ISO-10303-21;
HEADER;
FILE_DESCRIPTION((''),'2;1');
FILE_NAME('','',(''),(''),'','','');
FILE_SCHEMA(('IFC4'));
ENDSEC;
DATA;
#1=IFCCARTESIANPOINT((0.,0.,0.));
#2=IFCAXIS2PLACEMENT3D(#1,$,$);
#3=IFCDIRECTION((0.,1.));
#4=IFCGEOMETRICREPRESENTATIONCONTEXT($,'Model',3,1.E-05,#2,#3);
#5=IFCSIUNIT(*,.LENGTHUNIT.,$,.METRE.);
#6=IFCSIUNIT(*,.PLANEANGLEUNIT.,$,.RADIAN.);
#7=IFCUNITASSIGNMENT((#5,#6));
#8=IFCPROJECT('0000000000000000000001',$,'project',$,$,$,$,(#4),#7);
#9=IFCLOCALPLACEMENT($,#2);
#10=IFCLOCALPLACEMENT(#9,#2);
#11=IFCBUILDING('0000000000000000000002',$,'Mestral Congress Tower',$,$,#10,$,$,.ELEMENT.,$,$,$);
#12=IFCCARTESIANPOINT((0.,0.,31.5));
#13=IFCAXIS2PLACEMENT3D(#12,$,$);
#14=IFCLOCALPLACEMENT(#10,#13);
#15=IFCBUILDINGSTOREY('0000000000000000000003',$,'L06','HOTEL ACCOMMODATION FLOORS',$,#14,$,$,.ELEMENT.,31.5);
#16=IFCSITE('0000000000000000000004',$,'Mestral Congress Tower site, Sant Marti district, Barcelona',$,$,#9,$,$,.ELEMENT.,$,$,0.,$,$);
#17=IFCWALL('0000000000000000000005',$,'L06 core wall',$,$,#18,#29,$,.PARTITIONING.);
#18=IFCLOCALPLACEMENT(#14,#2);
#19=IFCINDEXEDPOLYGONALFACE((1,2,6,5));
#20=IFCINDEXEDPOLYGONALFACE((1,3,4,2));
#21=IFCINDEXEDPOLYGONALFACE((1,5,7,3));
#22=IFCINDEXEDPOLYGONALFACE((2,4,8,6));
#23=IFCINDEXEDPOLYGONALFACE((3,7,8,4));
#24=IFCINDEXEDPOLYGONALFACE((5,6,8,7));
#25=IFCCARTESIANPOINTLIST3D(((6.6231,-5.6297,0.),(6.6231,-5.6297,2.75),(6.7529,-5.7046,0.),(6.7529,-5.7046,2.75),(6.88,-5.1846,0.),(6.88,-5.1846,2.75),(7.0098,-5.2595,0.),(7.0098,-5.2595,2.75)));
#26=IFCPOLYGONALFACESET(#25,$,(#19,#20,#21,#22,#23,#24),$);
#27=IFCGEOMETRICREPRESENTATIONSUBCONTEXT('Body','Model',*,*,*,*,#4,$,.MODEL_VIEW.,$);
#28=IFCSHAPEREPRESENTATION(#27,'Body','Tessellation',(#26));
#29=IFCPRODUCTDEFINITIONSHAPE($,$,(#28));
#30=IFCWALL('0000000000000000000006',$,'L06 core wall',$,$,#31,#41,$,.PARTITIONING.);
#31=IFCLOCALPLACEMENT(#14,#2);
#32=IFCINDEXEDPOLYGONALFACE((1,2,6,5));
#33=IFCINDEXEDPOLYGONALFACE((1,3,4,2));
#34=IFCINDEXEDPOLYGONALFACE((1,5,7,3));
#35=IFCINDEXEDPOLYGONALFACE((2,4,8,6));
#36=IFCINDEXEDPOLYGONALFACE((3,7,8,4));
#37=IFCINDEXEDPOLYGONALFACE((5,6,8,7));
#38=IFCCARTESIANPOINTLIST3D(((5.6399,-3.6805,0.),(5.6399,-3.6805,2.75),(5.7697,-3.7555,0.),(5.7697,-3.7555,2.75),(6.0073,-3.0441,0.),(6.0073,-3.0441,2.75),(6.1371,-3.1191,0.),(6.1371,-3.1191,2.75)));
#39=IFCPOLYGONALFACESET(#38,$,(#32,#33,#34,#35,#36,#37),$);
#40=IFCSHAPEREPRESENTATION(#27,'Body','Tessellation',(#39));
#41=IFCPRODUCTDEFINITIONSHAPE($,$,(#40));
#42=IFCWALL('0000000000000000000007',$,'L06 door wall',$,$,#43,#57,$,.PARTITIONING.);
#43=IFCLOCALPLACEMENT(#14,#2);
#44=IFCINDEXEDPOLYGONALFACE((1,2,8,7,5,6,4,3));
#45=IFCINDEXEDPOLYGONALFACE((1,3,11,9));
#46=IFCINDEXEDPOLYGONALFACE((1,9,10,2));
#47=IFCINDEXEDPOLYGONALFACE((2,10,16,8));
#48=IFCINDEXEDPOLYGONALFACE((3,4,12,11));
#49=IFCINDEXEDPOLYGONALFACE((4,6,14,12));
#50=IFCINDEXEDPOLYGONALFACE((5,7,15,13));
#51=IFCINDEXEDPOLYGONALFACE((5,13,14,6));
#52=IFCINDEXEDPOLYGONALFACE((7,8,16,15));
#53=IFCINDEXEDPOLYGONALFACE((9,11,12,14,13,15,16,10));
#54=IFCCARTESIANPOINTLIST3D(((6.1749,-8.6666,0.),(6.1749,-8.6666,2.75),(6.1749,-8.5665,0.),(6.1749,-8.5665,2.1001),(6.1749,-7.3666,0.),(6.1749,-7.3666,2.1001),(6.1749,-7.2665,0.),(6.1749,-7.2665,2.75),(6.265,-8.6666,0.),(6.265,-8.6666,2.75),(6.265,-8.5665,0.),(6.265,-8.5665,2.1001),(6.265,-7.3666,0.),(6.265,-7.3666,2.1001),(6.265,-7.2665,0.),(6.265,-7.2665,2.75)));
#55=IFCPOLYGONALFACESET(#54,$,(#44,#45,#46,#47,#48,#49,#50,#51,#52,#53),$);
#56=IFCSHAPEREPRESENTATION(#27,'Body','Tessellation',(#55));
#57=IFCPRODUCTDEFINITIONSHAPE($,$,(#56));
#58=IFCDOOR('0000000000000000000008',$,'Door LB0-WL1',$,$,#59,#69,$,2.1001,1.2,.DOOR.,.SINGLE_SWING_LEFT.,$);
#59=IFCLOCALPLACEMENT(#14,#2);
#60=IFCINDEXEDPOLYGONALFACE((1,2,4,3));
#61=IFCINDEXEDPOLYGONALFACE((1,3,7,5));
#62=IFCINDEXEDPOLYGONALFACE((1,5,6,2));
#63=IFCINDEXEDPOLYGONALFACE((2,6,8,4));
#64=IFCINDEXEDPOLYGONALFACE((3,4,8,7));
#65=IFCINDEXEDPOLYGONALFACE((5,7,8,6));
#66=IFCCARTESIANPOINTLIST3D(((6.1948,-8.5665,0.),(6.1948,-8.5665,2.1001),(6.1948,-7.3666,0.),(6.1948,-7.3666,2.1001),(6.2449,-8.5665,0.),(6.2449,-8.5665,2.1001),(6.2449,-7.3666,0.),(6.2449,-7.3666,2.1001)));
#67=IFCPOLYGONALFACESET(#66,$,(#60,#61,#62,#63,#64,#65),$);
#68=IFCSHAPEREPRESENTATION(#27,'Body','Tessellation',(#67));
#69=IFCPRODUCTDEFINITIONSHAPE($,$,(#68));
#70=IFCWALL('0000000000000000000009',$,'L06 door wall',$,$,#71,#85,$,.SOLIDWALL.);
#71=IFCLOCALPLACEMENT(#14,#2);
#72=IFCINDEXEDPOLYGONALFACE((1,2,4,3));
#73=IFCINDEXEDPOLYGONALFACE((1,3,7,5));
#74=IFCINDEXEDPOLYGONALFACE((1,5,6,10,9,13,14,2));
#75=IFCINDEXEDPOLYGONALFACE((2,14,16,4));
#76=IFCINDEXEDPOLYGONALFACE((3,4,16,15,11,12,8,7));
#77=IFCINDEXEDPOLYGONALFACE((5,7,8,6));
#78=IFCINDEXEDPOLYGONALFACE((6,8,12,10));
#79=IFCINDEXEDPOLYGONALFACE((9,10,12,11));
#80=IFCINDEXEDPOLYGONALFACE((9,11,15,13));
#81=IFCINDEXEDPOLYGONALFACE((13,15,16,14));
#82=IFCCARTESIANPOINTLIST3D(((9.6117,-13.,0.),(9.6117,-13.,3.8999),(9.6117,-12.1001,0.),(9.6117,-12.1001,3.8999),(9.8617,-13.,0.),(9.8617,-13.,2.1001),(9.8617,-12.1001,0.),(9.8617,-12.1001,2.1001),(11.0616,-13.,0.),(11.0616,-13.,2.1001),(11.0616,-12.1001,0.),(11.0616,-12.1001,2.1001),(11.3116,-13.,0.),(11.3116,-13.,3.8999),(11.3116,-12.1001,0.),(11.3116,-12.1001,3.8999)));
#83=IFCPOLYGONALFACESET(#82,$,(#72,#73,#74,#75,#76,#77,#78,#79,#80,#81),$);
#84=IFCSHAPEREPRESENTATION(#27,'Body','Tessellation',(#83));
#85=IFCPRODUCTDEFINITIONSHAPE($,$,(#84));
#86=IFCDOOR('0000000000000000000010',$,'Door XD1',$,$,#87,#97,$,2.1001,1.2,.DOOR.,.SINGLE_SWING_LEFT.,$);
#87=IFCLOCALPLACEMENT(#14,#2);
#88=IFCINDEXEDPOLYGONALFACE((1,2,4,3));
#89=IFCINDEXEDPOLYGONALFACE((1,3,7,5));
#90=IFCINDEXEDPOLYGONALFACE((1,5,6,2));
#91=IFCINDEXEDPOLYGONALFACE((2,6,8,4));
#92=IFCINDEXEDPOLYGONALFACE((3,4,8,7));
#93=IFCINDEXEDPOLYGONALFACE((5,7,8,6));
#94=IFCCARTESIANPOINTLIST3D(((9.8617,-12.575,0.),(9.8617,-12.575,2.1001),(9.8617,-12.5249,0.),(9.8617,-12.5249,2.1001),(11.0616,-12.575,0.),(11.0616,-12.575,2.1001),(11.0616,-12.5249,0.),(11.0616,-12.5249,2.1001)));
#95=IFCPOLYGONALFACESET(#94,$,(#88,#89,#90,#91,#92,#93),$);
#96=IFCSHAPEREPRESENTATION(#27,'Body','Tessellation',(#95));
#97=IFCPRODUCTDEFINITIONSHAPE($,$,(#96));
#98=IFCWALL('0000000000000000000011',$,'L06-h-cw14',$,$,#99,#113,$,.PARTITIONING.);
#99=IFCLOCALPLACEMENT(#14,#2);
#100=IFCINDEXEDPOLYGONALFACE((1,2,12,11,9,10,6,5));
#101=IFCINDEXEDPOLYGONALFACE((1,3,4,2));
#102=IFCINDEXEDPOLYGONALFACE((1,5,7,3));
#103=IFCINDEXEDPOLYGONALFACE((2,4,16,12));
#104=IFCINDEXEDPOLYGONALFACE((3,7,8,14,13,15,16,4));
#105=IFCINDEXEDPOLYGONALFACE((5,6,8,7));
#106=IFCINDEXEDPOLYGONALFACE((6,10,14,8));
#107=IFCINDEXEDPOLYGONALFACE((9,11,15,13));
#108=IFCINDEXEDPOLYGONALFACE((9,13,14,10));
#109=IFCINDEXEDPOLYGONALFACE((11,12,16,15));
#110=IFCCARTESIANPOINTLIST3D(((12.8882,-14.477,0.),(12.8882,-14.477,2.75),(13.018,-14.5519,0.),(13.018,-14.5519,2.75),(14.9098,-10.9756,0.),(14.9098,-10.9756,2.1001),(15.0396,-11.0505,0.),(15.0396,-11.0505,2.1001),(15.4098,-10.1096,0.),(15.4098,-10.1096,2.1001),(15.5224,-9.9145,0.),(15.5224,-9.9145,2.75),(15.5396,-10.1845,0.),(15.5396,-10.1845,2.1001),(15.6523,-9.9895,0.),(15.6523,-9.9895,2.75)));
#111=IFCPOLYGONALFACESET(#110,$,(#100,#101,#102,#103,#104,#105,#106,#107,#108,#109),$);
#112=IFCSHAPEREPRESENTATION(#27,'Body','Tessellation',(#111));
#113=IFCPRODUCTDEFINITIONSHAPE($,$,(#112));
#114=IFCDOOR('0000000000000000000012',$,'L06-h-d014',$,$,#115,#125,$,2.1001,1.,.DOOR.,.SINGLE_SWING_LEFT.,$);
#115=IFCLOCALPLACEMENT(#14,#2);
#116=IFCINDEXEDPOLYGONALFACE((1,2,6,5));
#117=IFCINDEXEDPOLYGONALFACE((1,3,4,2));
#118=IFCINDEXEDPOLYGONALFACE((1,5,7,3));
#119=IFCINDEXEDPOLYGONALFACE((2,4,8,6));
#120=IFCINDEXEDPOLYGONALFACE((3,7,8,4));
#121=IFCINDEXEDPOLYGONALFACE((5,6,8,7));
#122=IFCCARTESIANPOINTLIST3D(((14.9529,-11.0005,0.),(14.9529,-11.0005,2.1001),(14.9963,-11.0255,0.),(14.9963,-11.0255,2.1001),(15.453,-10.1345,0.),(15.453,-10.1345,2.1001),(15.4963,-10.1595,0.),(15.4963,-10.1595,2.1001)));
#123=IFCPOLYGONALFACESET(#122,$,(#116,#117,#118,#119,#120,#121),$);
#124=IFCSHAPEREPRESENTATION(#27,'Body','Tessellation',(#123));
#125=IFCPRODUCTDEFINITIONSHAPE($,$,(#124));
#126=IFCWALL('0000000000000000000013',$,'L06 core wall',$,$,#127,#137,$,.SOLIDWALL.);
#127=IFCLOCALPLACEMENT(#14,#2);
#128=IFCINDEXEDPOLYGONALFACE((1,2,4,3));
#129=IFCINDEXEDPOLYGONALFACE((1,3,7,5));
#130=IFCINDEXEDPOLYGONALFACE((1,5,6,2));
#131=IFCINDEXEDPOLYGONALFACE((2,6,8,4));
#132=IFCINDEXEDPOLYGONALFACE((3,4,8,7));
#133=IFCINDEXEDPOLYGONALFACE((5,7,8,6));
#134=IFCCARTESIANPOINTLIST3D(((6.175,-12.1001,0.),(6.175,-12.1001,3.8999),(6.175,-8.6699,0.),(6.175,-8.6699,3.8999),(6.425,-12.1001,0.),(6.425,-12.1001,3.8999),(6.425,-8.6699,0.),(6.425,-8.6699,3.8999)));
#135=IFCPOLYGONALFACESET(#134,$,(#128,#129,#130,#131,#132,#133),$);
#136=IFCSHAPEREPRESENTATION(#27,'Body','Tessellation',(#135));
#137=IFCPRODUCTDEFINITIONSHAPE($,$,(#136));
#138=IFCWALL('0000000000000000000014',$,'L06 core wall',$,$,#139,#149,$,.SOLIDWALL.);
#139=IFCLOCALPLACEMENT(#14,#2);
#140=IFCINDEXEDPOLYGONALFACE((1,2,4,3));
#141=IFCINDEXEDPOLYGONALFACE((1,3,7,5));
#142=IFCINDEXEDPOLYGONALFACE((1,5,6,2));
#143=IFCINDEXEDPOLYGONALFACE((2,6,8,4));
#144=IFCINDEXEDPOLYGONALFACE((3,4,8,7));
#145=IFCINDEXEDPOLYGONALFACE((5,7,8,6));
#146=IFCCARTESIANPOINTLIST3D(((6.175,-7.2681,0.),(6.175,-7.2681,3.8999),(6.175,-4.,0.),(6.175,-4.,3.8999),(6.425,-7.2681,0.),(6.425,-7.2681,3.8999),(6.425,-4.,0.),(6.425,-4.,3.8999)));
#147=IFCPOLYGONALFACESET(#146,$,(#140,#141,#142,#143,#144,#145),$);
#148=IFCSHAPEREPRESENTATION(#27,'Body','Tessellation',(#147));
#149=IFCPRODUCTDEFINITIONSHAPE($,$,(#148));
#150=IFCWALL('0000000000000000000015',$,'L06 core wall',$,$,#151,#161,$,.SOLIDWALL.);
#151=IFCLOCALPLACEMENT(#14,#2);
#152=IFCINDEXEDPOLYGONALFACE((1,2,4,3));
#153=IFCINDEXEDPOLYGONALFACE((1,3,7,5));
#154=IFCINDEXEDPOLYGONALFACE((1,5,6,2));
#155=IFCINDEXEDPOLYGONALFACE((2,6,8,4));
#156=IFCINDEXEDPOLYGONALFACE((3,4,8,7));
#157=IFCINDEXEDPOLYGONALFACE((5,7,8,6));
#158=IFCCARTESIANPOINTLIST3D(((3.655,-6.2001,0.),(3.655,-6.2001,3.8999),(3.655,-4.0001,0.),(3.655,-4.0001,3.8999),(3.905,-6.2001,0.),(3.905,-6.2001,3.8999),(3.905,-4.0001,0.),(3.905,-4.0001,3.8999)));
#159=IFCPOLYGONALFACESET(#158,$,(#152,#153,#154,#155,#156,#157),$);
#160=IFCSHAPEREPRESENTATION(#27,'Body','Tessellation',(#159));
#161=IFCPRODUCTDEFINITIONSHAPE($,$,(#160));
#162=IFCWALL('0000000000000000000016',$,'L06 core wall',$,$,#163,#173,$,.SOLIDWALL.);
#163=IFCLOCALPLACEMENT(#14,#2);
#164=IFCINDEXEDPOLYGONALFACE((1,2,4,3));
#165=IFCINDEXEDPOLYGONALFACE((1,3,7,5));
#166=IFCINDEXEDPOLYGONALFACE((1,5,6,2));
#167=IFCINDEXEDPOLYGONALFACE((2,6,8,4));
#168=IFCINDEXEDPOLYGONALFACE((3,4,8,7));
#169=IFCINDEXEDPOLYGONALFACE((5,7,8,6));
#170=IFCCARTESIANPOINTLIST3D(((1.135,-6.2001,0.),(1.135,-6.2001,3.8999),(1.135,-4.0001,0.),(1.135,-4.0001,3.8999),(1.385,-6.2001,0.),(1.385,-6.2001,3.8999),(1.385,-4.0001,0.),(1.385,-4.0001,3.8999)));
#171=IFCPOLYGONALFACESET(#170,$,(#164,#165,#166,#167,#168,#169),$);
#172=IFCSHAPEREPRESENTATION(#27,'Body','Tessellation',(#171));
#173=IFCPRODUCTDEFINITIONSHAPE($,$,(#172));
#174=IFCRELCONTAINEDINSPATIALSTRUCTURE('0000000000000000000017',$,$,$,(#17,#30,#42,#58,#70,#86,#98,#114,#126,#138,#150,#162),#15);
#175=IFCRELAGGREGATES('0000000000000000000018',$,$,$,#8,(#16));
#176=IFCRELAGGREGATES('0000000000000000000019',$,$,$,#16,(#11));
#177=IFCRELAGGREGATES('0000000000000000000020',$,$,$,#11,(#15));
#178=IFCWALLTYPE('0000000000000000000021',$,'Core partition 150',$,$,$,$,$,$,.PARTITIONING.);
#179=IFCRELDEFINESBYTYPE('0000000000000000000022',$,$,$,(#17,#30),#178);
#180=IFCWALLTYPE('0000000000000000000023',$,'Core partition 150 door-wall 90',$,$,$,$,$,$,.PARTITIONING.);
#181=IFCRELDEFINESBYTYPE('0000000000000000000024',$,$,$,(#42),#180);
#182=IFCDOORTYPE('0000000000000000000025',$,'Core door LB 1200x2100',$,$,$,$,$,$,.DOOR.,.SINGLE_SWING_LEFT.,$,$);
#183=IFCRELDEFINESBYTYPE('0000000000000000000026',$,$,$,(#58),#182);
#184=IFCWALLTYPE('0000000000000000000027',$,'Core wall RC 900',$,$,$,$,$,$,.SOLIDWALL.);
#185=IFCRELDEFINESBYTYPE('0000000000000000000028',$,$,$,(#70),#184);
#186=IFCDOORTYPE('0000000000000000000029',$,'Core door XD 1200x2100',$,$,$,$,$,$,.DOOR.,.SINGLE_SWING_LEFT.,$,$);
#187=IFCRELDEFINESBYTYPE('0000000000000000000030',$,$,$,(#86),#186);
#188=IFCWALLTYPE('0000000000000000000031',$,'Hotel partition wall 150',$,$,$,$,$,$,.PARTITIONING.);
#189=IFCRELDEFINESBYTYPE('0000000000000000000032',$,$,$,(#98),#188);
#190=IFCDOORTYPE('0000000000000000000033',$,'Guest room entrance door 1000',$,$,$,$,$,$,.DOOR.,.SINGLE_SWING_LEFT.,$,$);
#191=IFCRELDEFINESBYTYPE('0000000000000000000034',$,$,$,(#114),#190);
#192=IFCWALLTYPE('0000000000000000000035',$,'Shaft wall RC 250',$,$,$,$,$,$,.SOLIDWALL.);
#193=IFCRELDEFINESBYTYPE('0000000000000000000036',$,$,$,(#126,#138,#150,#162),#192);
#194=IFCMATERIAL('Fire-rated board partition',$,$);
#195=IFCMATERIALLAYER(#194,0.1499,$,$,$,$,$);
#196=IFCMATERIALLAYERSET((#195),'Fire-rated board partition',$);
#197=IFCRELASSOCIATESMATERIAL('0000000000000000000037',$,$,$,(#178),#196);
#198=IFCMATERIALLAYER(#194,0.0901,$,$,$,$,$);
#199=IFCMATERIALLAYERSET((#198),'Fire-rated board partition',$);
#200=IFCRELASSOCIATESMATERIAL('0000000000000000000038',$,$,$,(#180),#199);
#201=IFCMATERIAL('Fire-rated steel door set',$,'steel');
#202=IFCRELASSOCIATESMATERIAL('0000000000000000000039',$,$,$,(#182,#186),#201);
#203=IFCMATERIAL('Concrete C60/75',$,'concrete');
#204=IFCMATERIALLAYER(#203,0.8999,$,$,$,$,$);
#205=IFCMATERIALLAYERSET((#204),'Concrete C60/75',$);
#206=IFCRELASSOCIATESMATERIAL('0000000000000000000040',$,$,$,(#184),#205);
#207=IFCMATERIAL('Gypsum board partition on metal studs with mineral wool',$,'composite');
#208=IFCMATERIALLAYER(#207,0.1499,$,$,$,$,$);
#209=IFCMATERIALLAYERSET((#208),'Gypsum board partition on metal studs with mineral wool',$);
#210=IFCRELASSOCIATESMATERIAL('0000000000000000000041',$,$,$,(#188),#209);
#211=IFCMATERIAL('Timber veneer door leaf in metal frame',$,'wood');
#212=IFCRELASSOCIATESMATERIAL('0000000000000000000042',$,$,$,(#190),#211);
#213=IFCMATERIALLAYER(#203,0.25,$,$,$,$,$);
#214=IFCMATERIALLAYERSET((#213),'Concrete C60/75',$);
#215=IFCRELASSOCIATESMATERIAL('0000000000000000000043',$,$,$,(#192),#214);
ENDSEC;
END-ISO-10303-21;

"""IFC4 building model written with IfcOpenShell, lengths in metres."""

from ifc_helpers import new_model, si_unit, direction, frame, frame_2d, origin, place, context, subcontext, project, spatial, rectangle, extrude, material, layer, layer_set, type_object, element, fill, save


model = new_model("IFC4")

# Units and contexts
model_context = context("Model", 3, precision=1e-05, world=origin(), true_north=direction((0.0, 1.0)))
body_context = subcontext(model_context, "Body", "Model", "MODEL_VIEW")
ifc_project = project(units=[si_unit("LENGTHUNIT", "METRE"), si_unit("PLANEANGLEUNIT", "RADIAN")], contexts=[model_context])

# Site, building, storey
site_placement = place(None, origin())
site = spatial("IfcSite", under=ifc_project, at=site_placement, Name="Mestral Congress Tower site, Sant Marti district, Barcelona", CompositionType="ELEMENT", RefElevation=0.0)
building_placement = place(site_placement, origin())
building = spatial("IfcBuilding", under=site, at=building_placement, Name="Mestral Congress Tower", CompositionType="ELEMENT")
storey_placement = place(building_placement, frame((0.0, 0.0, 31.5)))
storey = spatial("IfcBuildingStorey", under=building, at=storey_placement, Name="L06", Description="HOTEL ACCOMMODATION FLOORS", CompositionType="ELEMENT", Elevation=31.5)

# Walls
ifc_material_1 = material(Name="Fire-rated board partition")
ifc_layer_1 = layer(ifc_material_1, 0.1499)
ifc_layer_set_1 = layer_set([ifc_layer_1], Name="Fire-rated board partition")
wall_type_1 = type_object("IfcWallType", Name="Core partition 150", PredefinedType="PARTITIONING", material=ifc_layer_set_1)
wall_1_placement = place(storey_placement, frame((6.9448, -5.2222, 0.0), z_axis=(0.0, 0.0, 1.0), x_axis=(-0.499818, -0.86613, 0.0)))
element("IfcWall", 1, at=wall_1_placement, inside=storey, type_object=wall_type_1, Name="L06 core wall", PredefinedType="PARTITIONING", context=body_context, shape_type="SweptSolid", body=[
    extrude(rectangle(XDim=0.5139, YDim=0.1499, at=frame_2d((0.2568, 0.0))), origin(), (0.0, 0.0, 1.0), 2.75),
])
wall_2_placement = place(storey_placement, frame((5.7048, -3.718, 0.0), z_axis=(0.0, 0.0, 1.0), x_axis=(0.499962, 0.866047, 0.0)))
element("IfcWall", 2, at=wall_2_placement, inside=storey, type_object=wall_type_1, Name="L06 core wall", PredefinedType="PARTITIONING", context=body_context, shape_type="SweptSolid", body=[
    extrude(rectangle(XDim=0.7349, YDim=0.1499, at=frame_2d((0.3674, 0.0))), origin(), (0.0, 0.0, 1.0), 2.75),
])

# Walls, openings, doors
ifc_layer_2 = layer(ifc_material_1, 0.0901)
ifc_layer_set_2 = layer_set([ifc_layer_2], Name="Fire-rated board partition")
wall_type_2 = type_object("IfcWallType", Name="Core partition 150 door-wall 90", PredefinedType="PARTITIONING", material=ifc_layer_set_2)
wall_3_placement = place(storey_placement, frame((6.22, -7.2664, 0.0), z_axis=(0.0, 0.0, 1.0), x_axis=(0.0, -1.0, 0.0)))
wall_3 = element("IfcWall", 3, at=wall_3_placement, inside=storey, type_object=wall_type_2, Name="L06 door wall", PredefinedType="PARTITIONING", context=body_context, shape_type="SweptSolid", body=[
    extrude(rectangle(XDim=1.4001, YDim=0.0901, at=frame_2d((0.7002, 0.0))), origin(), (0.0, 0.0, 1.0), 2.75),
])
opening_1_placement = place(wall_3_placement, frame((0.1001, 0.0, 0.0)))
opening_1 = element("IfcOpeningElement", 4, at=opening_1_placement, cuts=wall_3, PredefinedType="OPENING", context=body_context, shape_type="SweptSolid", body=[
    extrude(rectangle(XDim=1.2, YDim=2.1001, at=frame_2d((0.6001, 1.05))), frame((0.0, 0.0549, 0.0), z_axis=(0.0, -1.0, 0.0), x_axis=(1.0, 0.0, 0.0)), (0.0, 0.0, 1.0), 0.1101),
])
ifc_material_2 = material(Name="Fire-rated steel door set", Category="steel")
door_type_1 = type_object("IfcDoorType", Name="Core door LB 1200x2100", OperationType="SINGLE_SWING_LEFT", PredefinedType="DOOR", material=ifc_material_2)
door_1_placement = place(opening_1_placement, origin())
door_1 = element("IfcDoor", 5, at=door_1_placement, inside=storey, type_object=door_type_1, Name="Door LB0-WL1", OperationType="SINGLE_SWING_LEFT", OverallHeight=2.1001, OverallWidth=1.2, PredefinedType="DOOR", context=body_context, shape_type="SweptSolid", body=[
    extrude(rectangle(XDim=1.2, YDim=2.1001, at=frame_2d((0.6001, 1.05))), frame((0.0, 0.0249, 0.0), z_axis=(0.0, -1.0, 0.0), x_axis=(1.0, 0.0, 0.0)), (0.0, 0.0, 1.0), 0.05),
])
fill(opening_1, door_1)
ifc_material_3 = material(Name="Concrete C60/75", Category="concrete")
ifc_layer_3 = layer(ifc_material_3, 0.8999)
ifc_layer_set_3 = layer_set([ifc_layer_3], Name="Concrete C60/75")
wall_type_3 = type_object("IfcWallType", Name="Core wall RC 900", PredefinedType="SOLIDWALL", material=ifc_layer_set_3)
wall_4_placement = place(storey_placement, frame((11.3118, -12.55, 0.0), z_axis=(0.0, 0.0, 1.0), x_axis=(-1.0, 0.0, 0.0)))
wall_4 = element("IfcWall", 6, at=wall_4_placement, inside=storey, type_object=wall_type_3, Name="L06 door wall", PredefinedType="SOLIDWALL", context=body_context, shape_type="SweptSolid", body=[
    extrude(rectangle(XDim=1.7, YDim=0.8999, at=frame_2d((0.8501, 0.0))), origin(), (0.0, 0.0, 1.0), 3.8999),
])
opening_2_placement = place(wall_4_placement, frame((0.25, 0.0, 0.0)))
opening_2 = element("IfcOpeningElement", 7, at=opening_2_placement, cuts=wall_4, PredefinedType="OPENING", context=body_context, shape_type="SweptSolid", body=[
    extrude(rectangle(XDim=1.2, YDim=2.1001, at=frame_2d((0.6001, 1.05))), frame((0.0, 0.46, 0.0), z_axis=(0.0, -1.0, 0.0), x_axis=(1.0, 0.0, 0.0)), (0.0, 0.0, 1.0), 0.9199),
])
door_type_2 = type_object("IfcDoorType", Name="Core door XD 1200x2100", OperationType="SINGLE_SWING_LEFT", PredefinedType="DOOR", material=ifc_material_2)
door_2_placement = place(opening_2_placement, origin())
door_2 = element("IfcDoor", 8, at=door_2_placement, inside=storey, type_object=door_type_2, Name="Door XD1", OperationType="SINGLE_SWING_LEFT", OverallHeight=2.1001, OverallWidth=1.2, PredefinedType="DOOR", context=body_context, shape_type="SweptSolid", body=[
    extrude(rectangle(XDim=1.2, YDim=2.1001, at=frame_2d((0.6001, 1.05))), frame((0.0, 0.0249, 0.0), z_axis=(0.0, -1.0, 0.0), x_axis=(1.0, 0.0, 0.0)), (0.0, 0.0, 1.0), 0.05),
])
fill(opening_2, door_2)
ifc_material_4 = material(Name="Gypsum board partition on metal studs with mineral wool", Category="composite")
ifc_layer_4 = layer(ifc_material_4, 0.1499)
ifc_layer_set_4 = layer_set([ifc_layer_4], Name="Gypsum board partition on metal studs with mineral wool")
wall_type_4 = type_object("IfcWallType", Name="Hotel partition wall 150", PredefinedType="PARTITIONING", material=ifc_layer_set_4)
wall_5_placement = place(storey_placement, frame((15.5874, -9.9519, 0.0), z_axis=(0.0, 0.0, 1.0), x_axis=(-0.500017, -0.866016, 0.0)))
wall_5 = element("IfcWall", 9, at=wall_5_placement, inside=storey, type_object=wall_type_4, Name="L06-h-cw14", PredefinedType="PARTITIONING", context=body_context, shape_type="SweptSolid", body=[
    extrude(rectangle(XDim=5.2683, YDim=0.1499, at=frame_2d((2.6343, 0.0))), origin(), (0.0, 0.0, 1.0), 2.75),
])
opening_3_placement = place(wall_5_placement, frame((0.2253, 0.0, 0.0)))
opening_3 = element("IfcOpeningElement", 10, at=opening_3_placement, cuts=wall_5, PredefinedType="OPENING", context=body_context, shape_type="SweptSolid", body=[
    extrude(rectangle(XDim=1.0, YDim=2.1001, at=frame_2d((0.5, 1.05))), frame((0.0, 0.085, 0.0), z_axis=(0.0, -1.0, 0.0), x_axis=(1.0, 0.0, 0.0)), (0.0, 0.0, 1.0), 0.1699),
])
ifc_material_5 = material(Name="Timber veneer door leaf in metal frame", Category="wood")
door_type_3 = type_object("IfcDoorType", Name="Guest room entrance door 1000", OperationType="SINGLE_SWING_LEFT", PredefinedType="DOOR", material=ifc_material_5)
door_3_placement = place(opening_3_placement, origin())
door_3 = element("IfcDoor", 11, at=door_3_placement, inside=storey, type_object=door_type_3, Name="L06-h-d014", OperationType="SINGLE_SWING_LEFT", OverallHeight=2.1001, OverallWidth=1.0, PredefinedType="DOOR", context=body_context, shape_type="SweptSolid", body=[
    extrude(rectangle(XDim=1.0, YDim=2.1001, at=frame_2d((0.5, 1.05))), frame((0.0, 0.0249, 0.0), z_axis=(0.0, -1.0, 0.0), x_axis=(1.0, 0.0, 0.0)), (0.0, 0.0, 1.0), 0.05),
])
fill(opening_3, door_3)

# Walls
ifc_layer_5 = layer(ifc_material_3, 0.25)
ifc_layer_set_5 = layer_set([ifc_layer_5], Name="Concrete C60/75")
wall_type_5 = type_object("IfcWallType", Name="Shaft wall RC 250", PredefinedType="SOLIDWALL", material=ifc_layer_set_5)
wall_6_placement = place(storey_placement, frame((6.3, -8.6699, 0.0), z_axis=(0.0, 0.0, 1.0), x_axis=(0.0, -1.0, 0.0)))
element("IfcWall", 12, at=wall_6_placement, inside=storey, type_object=wall_type_5, Name="L06 core wall", PredefinedType="SOLIDWALL", context=body_context, shape_type="SweptSolid", body=[
    extrude(rectangle(XDim=3.4302, YDim=0.25, at=frame_2d((1.7151, 0.0))), origin(), (0.0, 0.0, 1.0), 3.8999),
])
wall_7_placement = place(storey_placement, frame((6.3, -7.2681, 0.0), z_axis=(0.0, 0.0, 1.0), x_axis=(0.0, 1.0, 0.0)))
element("IfcWall", 13, at=wall_7_placement, inside=storey, type_object=wall_type_5, Name="L06 core wall", PredefinedType="SOLIDWALL", context=body_context, shape_type="SweptSolid", body=[
    extrude(rectangle(XDim=3.2681, YDim=0.25, at=frame_2d((1.634, 0.0))), origin(), (0.0, 0.0, 1.0), 3.8999),
])
for number, where, z_axis, x_axis, name in (
    (14, (3.78, -4.0, 0.0), (0.0, 0.0, 1.0), (0.0, -1.0, 0.0), "L06 core wall"),
    (15, (1.26, -4.0, 0.0), (0.0, 0.0, 1.0), (0.0, -1.0, 0.0), "L06 core wall"),
):
    element("IfcWall", number, at=place(storey_placement, frame(where, z_axis=z_axis, x_axis=x_axis)), inside=storey, type_object=wall_type_5, Name=name, PredefinedType="SOLIDWALL", context=body_context, shape_type="SweptSolid", body=[
        extrude(rectangle(XDim=2.2, YDim=0.25, at=frame_2d((1.1001, 0.0))), origin(), (0.0, 0.0, 1.0), 3.8999),
    ])

save(model, "model.ifc")
